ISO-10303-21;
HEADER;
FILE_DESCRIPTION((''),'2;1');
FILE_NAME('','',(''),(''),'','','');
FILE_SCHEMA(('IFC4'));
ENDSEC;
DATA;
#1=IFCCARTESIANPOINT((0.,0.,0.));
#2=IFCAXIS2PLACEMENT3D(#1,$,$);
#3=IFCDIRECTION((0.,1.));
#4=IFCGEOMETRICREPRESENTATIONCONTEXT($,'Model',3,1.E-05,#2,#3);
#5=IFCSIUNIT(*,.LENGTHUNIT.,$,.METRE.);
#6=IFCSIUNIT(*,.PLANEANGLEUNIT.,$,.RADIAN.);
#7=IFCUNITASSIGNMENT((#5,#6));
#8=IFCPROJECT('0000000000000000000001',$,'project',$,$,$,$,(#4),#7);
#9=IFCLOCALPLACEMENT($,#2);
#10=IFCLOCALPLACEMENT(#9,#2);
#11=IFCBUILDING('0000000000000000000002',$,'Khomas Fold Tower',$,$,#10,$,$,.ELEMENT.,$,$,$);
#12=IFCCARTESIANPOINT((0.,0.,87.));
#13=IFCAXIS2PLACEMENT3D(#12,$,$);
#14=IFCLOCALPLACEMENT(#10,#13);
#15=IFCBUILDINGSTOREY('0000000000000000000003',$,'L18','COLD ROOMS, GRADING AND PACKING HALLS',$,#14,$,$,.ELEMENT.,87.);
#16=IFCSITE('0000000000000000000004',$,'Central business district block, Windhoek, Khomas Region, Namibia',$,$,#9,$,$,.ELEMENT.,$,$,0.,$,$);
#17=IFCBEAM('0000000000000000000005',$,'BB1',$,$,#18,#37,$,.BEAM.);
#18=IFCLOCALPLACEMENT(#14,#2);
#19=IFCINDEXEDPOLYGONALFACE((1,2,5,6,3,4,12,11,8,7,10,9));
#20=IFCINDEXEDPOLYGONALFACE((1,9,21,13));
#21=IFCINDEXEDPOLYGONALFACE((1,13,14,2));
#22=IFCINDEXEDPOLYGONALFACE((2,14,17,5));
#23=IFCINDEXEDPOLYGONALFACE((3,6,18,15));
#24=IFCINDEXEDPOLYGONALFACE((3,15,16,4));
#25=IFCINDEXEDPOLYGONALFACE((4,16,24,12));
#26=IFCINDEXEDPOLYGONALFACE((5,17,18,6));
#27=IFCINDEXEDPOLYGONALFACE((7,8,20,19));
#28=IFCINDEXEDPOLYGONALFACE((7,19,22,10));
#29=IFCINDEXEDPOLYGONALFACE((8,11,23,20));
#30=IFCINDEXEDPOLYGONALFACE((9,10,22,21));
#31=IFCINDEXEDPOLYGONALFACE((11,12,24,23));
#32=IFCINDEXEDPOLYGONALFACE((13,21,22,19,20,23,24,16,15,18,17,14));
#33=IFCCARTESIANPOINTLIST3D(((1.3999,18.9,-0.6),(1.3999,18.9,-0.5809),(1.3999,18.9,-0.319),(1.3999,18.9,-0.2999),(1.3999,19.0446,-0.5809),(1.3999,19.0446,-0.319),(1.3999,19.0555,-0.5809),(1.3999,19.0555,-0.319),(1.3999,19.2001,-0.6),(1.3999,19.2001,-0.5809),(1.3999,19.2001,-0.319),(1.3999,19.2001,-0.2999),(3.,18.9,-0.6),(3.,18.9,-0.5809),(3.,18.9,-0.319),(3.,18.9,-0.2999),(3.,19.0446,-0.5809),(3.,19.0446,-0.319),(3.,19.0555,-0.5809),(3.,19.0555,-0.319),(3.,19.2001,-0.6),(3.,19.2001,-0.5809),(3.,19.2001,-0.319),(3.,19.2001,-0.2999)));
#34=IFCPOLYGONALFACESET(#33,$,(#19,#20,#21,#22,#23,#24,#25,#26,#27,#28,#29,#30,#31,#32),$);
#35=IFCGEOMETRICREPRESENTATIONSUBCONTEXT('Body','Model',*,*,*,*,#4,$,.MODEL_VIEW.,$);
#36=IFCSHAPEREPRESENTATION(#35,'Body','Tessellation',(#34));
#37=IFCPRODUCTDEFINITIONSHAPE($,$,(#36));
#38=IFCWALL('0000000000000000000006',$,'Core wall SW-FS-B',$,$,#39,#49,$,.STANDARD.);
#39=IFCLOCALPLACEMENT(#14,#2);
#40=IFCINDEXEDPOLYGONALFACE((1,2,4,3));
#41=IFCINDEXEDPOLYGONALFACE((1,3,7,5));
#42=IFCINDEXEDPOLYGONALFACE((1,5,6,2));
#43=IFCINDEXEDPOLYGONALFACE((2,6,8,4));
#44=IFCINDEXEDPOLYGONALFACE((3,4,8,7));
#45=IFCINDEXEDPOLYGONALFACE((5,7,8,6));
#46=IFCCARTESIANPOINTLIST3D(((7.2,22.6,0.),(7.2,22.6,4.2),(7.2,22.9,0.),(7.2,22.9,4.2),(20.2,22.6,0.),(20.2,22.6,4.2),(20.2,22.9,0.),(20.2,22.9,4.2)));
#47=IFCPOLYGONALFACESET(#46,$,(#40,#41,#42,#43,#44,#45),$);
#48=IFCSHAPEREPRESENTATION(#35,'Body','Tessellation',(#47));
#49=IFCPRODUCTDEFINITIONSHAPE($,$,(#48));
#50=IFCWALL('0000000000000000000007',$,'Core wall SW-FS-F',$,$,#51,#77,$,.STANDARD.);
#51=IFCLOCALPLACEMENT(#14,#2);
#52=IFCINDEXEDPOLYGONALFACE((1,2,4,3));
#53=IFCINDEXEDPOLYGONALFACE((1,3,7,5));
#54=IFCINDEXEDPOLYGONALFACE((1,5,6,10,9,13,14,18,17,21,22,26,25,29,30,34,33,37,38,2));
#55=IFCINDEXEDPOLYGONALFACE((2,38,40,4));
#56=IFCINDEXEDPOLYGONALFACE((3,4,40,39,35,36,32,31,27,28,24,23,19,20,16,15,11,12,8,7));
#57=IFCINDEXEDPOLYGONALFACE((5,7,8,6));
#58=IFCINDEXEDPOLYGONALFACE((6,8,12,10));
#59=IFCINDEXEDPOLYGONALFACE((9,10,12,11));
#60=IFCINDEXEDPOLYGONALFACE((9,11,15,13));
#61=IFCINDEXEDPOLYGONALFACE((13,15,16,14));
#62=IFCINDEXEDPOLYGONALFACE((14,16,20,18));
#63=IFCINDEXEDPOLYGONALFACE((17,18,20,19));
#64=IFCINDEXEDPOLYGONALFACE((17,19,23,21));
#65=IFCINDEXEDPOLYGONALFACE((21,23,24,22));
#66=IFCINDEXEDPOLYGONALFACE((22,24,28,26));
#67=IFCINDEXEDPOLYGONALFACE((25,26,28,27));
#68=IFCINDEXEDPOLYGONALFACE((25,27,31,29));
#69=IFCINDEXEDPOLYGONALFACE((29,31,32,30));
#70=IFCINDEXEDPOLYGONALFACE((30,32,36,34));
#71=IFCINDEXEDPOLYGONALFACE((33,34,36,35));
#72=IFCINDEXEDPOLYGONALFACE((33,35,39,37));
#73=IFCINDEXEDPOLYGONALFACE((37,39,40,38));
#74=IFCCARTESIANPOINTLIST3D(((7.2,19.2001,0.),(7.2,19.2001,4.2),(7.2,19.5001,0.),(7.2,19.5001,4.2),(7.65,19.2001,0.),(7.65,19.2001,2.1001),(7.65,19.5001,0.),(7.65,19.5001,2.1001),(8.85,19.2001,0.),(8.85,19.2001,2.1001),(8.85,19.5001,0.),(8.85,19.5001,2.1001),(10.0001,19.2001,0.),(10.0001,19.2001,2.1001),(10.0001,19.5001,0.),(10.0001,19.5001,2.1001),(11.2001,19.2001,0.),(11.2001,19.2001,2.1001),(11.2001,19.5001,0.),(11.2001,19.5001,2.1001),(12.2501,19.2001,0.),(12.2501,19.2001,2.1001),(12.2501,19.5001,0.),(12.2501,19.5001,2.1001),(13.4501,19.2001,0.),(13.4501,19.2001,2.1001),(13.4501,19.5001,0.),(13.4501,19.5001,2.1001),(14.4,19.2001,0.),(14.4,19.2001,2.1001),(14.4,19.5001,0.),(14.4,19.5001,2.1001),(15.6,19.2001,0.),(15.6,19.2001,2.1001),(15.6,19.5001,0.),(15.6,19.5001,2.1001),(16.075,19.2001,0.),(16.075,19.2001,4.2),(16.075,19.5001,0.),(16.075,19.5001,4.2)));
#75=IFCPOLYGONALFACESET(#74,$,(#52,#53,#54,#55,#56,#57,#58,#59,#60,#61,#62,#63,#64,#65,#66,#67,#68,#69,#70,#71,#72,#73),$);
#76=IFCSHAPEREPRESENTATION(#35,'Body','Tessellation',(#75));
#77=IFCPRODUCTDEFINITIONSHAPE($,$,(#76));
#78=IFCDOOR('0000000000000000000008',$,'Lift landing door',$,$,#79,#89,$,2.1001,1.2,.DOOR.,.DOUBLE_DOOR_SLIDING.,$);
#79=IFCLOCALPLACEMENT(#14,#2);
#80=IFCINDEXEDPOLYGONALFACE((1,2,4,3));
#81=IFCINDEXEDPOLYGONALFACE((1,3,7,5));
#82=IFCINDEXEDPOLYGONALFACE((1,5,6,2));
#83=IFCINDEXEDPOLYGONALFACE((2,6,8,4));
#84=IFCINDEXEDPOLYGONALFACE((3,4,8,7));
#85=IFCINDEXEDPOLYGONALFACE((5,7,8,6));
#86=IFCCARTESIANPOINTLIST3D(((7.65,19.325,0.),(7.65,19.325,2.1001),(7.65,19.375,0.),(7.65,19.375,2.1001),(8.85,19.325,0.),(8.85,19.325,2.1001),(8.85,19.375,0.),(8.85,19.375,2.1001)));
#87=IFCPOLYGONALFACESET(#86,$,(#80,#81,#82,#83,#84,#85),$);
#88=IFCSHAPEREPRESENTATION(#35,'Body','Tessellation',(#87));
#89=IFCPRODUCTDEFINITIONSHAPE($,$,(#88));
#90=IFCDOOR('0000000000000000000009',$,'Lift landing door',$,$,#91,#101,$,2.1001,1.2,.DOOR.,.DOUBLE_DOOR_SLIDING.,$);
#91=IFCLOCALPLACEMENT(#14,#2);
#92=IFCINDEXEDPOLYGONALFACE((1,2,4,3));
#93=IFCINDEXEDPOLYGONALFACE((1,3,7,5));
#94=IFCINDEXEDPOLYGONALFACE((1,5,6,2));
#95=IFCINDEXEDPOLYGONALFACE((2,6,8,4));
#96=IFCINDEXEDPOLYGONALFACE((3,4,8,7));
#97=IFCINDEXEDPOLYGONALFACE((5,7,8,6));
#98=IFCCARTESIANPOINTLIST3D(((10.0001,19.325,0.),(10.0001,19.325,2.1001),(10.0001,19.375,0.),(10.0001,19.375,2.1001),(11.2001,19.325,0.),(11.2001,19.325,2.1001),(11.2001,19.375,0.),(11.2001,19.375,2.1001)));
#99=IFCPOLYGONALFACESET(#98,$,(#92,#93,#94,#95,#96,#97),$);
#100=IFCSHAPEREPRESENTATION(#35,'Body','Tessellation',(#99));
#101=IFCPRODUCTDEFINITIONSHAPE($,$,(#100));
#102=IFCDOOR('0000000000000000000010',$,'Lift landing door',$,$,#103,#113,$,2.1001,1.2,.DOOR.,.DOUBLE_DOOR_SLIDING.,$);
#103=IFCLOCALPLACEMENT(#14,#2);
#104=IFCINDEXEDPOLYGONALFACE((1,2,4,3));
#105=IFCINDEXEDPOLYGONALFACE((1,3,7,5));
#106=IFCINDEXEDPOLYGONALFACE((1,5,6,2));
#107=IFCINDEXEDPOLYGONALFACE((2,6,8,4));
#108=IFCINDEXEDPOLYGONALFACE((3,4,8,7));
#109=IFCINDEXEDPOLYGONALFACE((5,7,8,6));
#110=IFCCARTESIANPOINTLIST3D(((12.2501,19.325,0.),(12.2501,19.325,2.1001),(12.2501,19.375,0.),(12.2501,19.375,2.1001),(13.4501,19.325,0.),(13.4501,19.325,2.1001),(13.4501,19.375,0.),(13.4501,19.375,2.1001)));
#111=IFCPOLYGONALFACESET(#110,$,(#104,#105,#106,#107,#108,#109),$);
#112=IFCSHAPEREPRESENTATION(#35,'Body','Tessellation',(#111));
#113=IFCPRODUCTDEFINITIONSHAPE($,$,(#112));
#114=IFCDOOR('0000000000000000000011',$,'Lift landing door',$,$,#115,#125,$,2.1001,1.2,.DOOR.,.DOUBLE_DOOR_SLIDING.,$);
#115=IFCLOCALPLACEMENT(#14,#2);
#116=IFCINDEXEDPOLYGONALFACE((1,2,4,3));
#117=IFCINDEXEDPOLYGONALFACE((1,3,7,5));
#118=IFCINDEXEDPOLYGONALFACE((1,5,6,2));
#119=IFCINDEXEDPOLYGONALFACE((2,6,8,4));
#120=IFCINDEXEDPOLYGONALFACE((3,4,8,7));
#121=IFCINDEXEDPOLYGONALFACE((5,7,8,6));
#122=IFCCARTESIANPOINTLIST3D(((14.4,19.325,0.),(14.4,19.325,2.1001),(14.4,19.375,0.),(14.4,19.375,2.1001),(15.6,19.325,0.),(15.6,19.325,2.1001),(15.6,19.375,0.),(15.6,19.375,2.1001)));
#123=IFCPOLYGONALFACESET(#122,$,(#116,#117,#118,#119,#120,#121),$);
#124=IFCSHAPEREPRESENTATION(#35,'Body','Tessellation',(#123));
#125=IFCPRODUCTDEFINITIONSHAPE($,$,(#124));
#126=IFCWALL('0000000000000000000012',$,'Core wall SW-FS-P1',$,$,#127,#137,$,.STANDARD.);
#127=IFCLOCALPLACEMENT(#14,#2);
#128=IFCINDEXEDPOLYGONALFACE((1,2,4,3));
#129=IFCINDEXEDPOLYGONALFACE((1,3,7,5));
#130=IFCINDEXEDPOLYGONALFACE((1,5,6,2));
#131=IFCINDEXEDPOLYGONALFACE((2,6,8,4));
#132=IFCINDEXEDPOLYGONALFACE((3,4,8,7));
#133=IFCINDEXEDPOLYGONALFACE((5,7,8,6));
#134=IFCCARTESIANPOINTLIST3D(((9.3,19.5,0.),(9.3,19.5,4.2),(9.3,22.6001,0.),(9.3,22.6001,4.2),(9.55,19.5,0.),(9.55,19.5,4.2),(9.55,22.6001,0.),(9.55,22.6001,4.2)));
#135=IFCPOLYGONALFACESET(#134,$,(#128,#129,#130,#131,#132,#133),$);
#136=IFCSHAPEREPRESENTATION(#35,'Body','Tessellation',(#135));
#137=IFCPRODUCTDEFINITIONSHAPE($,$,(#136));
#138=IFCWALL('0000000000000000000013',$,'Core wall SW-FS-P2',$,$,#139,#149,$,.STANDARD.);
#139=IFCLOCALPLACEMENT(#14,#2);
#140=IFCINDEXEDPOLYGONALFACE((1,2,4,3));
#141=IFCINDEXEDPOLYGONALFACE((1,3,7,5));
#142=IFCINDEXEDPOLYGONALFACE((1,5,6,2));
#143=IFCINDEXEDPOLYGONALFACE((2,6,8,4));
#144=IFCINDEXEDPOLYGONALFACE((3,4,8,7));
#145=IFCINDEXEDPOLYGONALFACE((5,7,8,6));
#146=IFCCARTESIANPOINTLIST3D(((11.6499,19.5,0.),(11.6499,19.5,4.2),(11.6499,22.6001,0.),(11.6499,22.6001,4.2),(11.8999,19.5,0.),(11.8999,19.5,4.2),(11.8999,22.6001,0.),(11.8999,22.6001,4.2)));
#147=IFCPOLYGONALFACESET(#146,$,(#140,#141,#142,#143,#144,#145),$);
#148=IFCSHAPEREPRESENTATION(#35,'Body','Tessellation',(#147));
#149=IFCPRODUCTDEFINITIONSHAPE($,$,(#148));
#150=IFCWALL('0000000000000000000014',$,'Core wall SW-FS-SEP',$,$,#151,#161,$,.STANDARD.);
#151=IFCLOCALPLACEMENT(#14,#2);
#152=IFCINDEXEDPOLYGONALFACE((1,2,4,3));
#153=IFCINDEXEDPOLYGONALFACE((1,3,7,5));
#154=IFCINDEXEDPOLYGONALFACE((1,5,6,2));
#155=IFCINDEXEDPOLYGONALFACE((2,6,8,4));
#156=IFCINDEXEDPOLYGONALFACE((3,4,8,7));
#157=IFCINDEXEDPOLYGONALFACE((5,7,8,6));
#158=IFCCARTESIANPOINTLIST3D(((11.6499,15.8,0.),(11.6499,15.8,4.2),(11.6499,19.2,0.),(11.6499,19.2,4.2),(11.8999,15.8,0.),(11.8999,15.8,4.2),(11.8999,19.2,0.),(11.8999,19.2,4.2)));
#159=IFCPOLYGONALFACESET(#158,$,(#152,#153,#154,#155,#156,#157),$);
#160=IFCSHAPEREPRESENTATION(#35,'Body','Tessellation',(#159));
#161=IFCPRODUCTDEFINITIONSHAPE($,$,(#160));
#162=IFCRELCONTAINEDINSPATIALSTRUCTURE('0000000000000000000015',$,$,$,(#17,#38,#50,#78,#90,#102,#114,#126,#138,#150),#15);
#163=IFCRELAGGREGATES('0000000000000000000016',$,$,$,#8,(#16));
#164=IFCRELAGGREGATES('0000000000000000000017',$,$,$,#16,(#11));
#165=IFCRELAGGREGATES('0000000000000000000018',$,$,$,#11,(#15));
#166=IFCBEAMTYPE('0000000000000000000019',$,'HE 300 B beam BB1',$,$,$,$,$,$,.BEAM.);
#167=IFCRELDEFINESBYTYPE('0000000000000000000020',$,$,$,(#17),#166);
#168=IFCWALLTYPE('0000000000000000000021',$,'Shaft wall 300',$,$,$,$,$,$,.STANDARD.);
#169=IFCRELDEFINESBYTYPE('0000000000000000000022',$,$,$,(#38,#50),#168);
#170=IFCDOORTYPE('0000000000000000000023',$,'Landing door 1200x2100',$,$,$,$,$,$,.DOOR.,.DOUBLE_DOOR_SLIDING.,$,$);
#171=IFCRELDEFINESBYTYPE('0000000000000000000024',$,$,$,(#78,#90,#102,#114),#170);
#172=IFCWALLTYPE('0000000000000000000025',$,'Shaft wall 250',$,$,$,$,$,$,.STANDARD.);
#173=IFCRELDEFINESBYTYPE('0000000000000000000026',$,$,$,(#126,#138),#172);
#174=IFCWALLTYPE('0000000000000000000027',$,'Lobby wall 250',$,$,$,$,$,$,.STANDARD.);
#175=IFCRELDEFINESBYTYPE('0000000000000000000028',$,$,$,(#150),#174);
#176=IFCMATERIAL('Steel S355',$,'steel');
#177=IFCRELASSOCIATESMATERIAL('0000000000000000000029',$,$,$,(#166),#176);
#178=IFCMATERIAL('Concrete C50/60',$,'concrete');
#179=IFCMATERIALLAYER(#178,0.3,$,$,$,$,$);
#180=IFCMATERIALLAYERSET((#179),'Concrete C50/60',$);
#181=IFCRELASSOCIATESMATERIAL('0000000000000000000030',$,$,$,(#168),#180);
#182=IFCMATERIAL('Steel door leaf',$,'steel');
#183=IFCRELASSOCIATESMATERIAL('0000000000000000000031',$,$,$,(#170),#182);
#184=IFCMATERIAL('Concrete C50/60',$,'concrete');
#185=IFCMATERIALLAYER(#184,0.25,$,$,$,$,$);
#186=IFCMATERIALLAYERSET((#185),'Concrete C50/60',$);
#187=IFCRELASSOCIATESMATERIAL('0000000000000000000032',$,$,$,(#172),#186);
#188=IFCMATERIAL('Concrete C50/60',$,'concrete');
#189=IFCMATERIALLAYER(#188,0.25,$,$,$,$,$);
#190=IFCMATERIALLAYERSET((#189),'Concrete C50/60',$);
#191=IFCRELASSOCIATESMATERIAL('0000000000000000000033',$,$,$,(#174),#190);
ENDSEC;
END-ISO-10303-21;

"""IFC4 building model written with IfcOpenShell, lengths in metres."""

from ifc_helpers import new_model, si_unit, direction, frame, frame_2d, origin, origin_2d, place, context, subcontext, project, spatial, rectangle, i_section, extrude, source, transform, mapped, material, layer, layer_set, material_profile, profile_set, type_object, element, fill, save


model = new_model("IFC4")

# Units and contexts
model_context = context("Model", 3, precision=1e-05, world=origin(), true_north=direction((0.0, 1.0)))
body_context = subcontext(model_context, "Body", "Model", "MODEL_VIEW")
ifc_project = project(units=[si_unit("LENGTHUNIT", "METRE"), si_unit("PLANEANGLEUNIT", "RADIAN")], contexts=[model_context])

# Site, building, storey
site_placement = place(None, origin())
site = spatial("IfcSite", under=ifc_project, at=site_placement, Name="Central business district block, Windhoek, Khomas Region, Namibia", CompositionType="ELEMENT", RefElevation=0.0)
building_placement = place(site_placement, origin())
building = spatial("IfcBuilding", under=site, at=building_placement, Name="Khomas Fold Tower", CompositionType="ELEMENT")
storey_placement = place(building_placement, frame((0.0, 0.0, 87.0)))
storey = spatial("IfcBuildingStorey", under=building, at=storey_placement, Name="L18", Description="COLD ROOMS, GRADING AND PACKING HALLS", CompositionType="ELEMENT", Elevation=87.0)

# Beam
ifc_material_1 = material(Name="Steel S355", Category="steel")
ifc_material_profile = material_profile(ifc_material_1, i_section(OverallWidth=0.3, OverallDepth=0.3, WebThickness=0.011, FlangeThickness=0.019, at=origin_2d()), Name="HE 300 B")
ifc_profile_set = profile_set([ifc_material_profile], Name="Steel S355")
beam_type = type_object("IfcBeamType", Name="HE 300 B beam BB1", PredefinedType="BEAM", material=ifc_profile_set)
shared_shape_1 = source(origin(), body_context, "Body", "SweptSolid", [
    extrude(i_section(OverallWidth=0.3, OverallDepth=0.3, WebThickness=0.011, FlangeThickness=0.019, at=origin_2d()), origin(), (0.0, 0.0, 1.0), 1.6001),
])
beam_placement = place(storey_placement, frame((1.3999, 19.05, -0.45), z_axis=(1.0, 0.0, 0.0), x_axis=(0.0, 1.0, 0.0)))
element("IfcBeam", 1, at=beam_placement, inside=storey, type_object=beam_type, Name="BB1", PredefinedType="BEAM", context=body_context, shape_type="MappedRepresentation", body=[
    mapped(shared_shape_1, transform((0.0, 0.0, 0.0))),
])

# Wall
ifc_material_2 = material(Name="Concrete C50/60", Category="concrete")
ifc_layer_1 = layer(ifc_material_2, 0.3)
ifc_layer_set_1 = layer_set([ifc_layer_1], Name="Concrete C50/60")
wall_type_1 = type_object("IfcWallType", Name="Shaft wall 300", PredefinedType="STANDARD", material=ifc_layer_set_1)
shared_shape_2 = source(origin(), body_context, "Body", "SweptSolid", [
    extrude(rectangle(XDim=13.0, YDim=0.3, at=frame_2d((6.5, 0.0))), origin(), (0.0, 0.0, 1.0), 4.2),
])
wall_1_placement = place(storey_placement, frame((7.2, 22.75, 0.0), z_axis=(0.0, 0.0, 1.0), x_axis=(1.0, 0.0, 0.0)))
element("IfcWall", 2, at=wall_1_placement, inside=storey, type_object=wall_type_1, Name="Core wall SW-FS-B", PredefinedType="STANDARD", context=body_context, shape_type="MappedRepresentation", body=[
    mapped(shared_shape_2, transform((0.0, 0.0, 0.0))),
])

# Wall, openings, doors
shared_shape_3 = source(origin(), body_context, "Body", "SweptSolid", [
    extrude(rectangle(XDim=8.875, YDim=0.3, at=frame_2d((4.4375, 0.0))), origin(), (0.0, 0.0, 1.0), 4.2),
])
wall_2_placement = place(storey_placement, frame((7.2, 19.3501, 0.0), z_axis=(0.0, 0.0, 1.0), x_axis=(1.0, 0.0, 0.0)))
wall_2 = element("IfcWall", 3, at=wall_2_placement, inside=storey, type_object=wall_type_1, Name="Core wall SW-FS-F", PredefinedType="STANDARD", context=body_context, shape_type="MappedRepresentation", body=[
    mapped(shared_shape_3, transform((0.0, 0.0, 0.0))),
])
shared_shape_4 = source(origin(), body_context, "Body", "SweptSolid", [
    extrude(rectangle(XDim=1.2, YDim=2.1001, at=frame_2d((0.6001, 1.05))), frame((0.0, 0.1599, 0.0), z_axis=(0.0, -1.0, 0.0), x_axis=(1.0, 0.0, 0.0)), (0.0, 0.0, 1.0), 0.3201),
])
opening_1_placement = place(wall_2_placement, frame((0.45, 0.0, 0.0)))
opening_1 = element("IfcOpeningElement", 4, at=opening_1_placement, cuts=wall_2, PredefinedType="OPENING", context=body_context, shape_type="MappedRepresentation", body=[
    mapped(shared_shape_4, transform((0.0, 0.0, 0.0))),
])
opening_2_placement = place(wall_2_placement, frame((2.8, 0.0, 0.0)))
opening_2 = element("IfcOpeningElement", 5, at=opening_2_placement, cuts=wall_2, PredefinedType="OPENING", context=body_context, shape_type="MappedRepresentation", body=[
    mapped(shared_shape_4, transform((0.0, 0.0, 0.0))),
])
opening_3_placement = place(wall_2_placement, frame((5.05, 0.0, 0.0)))
opening_3 = element("IfcOpeningElement", 6, at=opening_3_placement, cuts=wall_2, PredefinedType="OPENING", context=body_context, shape_type="MappedRepresentation", body=[
    mapped(shared_shape_4, transform((0.0, 0.0, 0.0))),
])
opening_4_placement = place(wall_2_placement, frame((7.2, 0.0, 0.0)))
opening_4 = element("IfcOpeningElement", 7, at=opening_4_placement, cuts=wall_2, PredefinedType="OPENING", context=body_context, shape_type="MappedRepresentation", body=[
    mapped(shared_shape_4, transform((0.0, 0.0, 0.0))),
])
ifc_material_3 = material(Name="Steel door leaf", Category="steel")
door_type = type_object("IfcDoorType", Name="Landing door 1200x2100", OperationType="DOUBLE_DOOR_SLIDING", PredefinedType="DOOR", material=ifc_material_3)
shared_shape_5 = source(origin(), body_context, "Body", "SweptSolid", [
    extrude(rectangle(XDim=1.2, YDim=2.1001, at=frame_2d((0.6001, 1.05))), frame((0.0, 0.0249, 0.0), z_axis=(0.0, -1.0, 0.0), x_axis=(1.0, 0.0, 0.0)), (0.0, 0.0, 1.0), 0.05),
])
door_1_placement = place(opening_1_placement, origin())
door_1 = element("IfcDoor", 8, at=door_1_placement, inside=storey, type_object=door_type, Name="Lift landing door", OperationType="DOUBLE_DOOR_SLIDING", OverallHeight=2.1001, OverallWidth=1.2, PredefinedType="DOOR", context=body_context, shape_type="MappedRepresentation", body=[
    mapped(shared_shape_5, transform((0.0, 0.0, 0.0))),
])
fill(opening_1, door_1)
door_2_placement = place(opening_2_placement, origin())
door_2 = element("IfcDoor", 9, at=door_2_placement, inside=storey, type_object=door_type, Name="Lift landing door", OperationType="DOUBLE_DOOR_SLIDING", OverallHeight=2.1001, OverallWidth=1.2, PredefinedType="DOOR", context=body_context, shape_type="MappedRepresentation", body=[
    mapped(shared_shape_5, transform((0.0, 0.0, 0.0))),
])
fill(opening_2, door_2)
door_3_placement = place(opening_3_placement, origin())
door_3 = element("IfcDoor", 10, at=door_3_placement, inside=storey, type_object=door_type, Name="Lift landing door", OperationType="DOUBLE_DOOR_SLIDING", OverallHeight=2.1001, OverallWidth=1.2, PredefinedType="DOOR", context=body_context, shape_type="MappedRepresentation", body=[
    mapped(shared_shape_5, transform((0.0, 0.0, 0.0))),
])
fill(opening_3, door_3)
door_4_placement = place(opening_4_placement, origin())
door_4 = element("IfcDoor", 11, at=door_4_placement, inside=storey, type_object=door_type, Name="Lift landing door", OperationType="DOUBLE_DOOR_SLIDING", OverallHeight=2.1001, OverallWidth=1.2, PredefinedType="DOOR", context=body_context, shape_type="MappedRepresentation", body=[
    mapped(shared_shape_5, transform((0.0, 0.0, 0.0))),
])
fill(opening_4, door_4)

# Walls
ifc_material_4 = material(Name="Concrete C50/60", Category="concrete")
ifc_layer_2 = layer(ifc_material_4, 0.25)
ifc_layer_set_2 = layer_set([ifc_layer_2], Name="Concrete C50/60")
wall_type_2 = type_object("IfcWallType", Name="Shaft wall 250", PredefinedType="STANDARD", material=ifc_layer_set_2)
shared_shape_6 = source(origin(), body_context, "Body", "SweptSolid", [
    extrude(rectangle(XDim=3.1001, YDim=0.25, at=frame_2d((1.55, 0.0))), origin(), (0.0, 0.0, 1.0), 4.2),
])
for number, where, z_axis, x_axis, name in (
    (12, (9.425, 19.5, 0.0), (0.0, 0.0, 1.0), (0.0, 1.0, 0.0), "Core wall SW-FS-P1"),
    (13, (11.7749, 19.5, 0.0), (0.0, 0.0, 1.0), (0.0, 1.0, 0.0), "Core wall SW-FS-P2"),
):
    element("IfcWall", number, at=place(storey_placement, frame(where, z_axis=z_axis, x_axis=x_axis)), inside=storey, type_object=wall_type_2, Name=name, PredefinedType="STANDARD", context=body_context, shape_type="MappedRepresentation", body=[
        mapped(shared_shape_6, transform((0.0, 0.0, 0.0))),
    ])
ifc_material_5 = material(Name="Concrete C50/60", Category="concrete")
ifc_layer_3 = layer(ifc_material_5, 0.25)
ifc_layer_set_3 = layer_set([ifc_layer_3], Name="Concrete C50/60")
wall_type_3 = type_object("IfcWallType", Name="Lobby wall 250", PredefinedType="STANDARD", material=ifc_layer_set_3)
shared_shape_7 = source(origin(), body_context, "Body", "SweptSolid", [
    extrude(rectangle(XDim=3.3999, YDim=0.25, at=frame_2d((1.7, 0.0))), origin(), (0.0, 0.0, 1.0), 4.2),
])
wall_3_placement = place(storey_placement, frame((11.7749, 15.8, 0.0), z_axis=(0.0, 0.0, 1.0), x_axis=(0.0, 1.0, 0.0)))
element("IfcWall", 14, at=wall_3_placement, inside=storey, type_object=wall_type_3, Name="Core wall SW-FS-SEP", PredefinedType="STANDARD", context=body_context, shape_type="MappedRepresentation", body=[
    mapped(shared_shape_7, transform((0.0, 0.0, 0.0))),
])

save(model, "model.ifc")
